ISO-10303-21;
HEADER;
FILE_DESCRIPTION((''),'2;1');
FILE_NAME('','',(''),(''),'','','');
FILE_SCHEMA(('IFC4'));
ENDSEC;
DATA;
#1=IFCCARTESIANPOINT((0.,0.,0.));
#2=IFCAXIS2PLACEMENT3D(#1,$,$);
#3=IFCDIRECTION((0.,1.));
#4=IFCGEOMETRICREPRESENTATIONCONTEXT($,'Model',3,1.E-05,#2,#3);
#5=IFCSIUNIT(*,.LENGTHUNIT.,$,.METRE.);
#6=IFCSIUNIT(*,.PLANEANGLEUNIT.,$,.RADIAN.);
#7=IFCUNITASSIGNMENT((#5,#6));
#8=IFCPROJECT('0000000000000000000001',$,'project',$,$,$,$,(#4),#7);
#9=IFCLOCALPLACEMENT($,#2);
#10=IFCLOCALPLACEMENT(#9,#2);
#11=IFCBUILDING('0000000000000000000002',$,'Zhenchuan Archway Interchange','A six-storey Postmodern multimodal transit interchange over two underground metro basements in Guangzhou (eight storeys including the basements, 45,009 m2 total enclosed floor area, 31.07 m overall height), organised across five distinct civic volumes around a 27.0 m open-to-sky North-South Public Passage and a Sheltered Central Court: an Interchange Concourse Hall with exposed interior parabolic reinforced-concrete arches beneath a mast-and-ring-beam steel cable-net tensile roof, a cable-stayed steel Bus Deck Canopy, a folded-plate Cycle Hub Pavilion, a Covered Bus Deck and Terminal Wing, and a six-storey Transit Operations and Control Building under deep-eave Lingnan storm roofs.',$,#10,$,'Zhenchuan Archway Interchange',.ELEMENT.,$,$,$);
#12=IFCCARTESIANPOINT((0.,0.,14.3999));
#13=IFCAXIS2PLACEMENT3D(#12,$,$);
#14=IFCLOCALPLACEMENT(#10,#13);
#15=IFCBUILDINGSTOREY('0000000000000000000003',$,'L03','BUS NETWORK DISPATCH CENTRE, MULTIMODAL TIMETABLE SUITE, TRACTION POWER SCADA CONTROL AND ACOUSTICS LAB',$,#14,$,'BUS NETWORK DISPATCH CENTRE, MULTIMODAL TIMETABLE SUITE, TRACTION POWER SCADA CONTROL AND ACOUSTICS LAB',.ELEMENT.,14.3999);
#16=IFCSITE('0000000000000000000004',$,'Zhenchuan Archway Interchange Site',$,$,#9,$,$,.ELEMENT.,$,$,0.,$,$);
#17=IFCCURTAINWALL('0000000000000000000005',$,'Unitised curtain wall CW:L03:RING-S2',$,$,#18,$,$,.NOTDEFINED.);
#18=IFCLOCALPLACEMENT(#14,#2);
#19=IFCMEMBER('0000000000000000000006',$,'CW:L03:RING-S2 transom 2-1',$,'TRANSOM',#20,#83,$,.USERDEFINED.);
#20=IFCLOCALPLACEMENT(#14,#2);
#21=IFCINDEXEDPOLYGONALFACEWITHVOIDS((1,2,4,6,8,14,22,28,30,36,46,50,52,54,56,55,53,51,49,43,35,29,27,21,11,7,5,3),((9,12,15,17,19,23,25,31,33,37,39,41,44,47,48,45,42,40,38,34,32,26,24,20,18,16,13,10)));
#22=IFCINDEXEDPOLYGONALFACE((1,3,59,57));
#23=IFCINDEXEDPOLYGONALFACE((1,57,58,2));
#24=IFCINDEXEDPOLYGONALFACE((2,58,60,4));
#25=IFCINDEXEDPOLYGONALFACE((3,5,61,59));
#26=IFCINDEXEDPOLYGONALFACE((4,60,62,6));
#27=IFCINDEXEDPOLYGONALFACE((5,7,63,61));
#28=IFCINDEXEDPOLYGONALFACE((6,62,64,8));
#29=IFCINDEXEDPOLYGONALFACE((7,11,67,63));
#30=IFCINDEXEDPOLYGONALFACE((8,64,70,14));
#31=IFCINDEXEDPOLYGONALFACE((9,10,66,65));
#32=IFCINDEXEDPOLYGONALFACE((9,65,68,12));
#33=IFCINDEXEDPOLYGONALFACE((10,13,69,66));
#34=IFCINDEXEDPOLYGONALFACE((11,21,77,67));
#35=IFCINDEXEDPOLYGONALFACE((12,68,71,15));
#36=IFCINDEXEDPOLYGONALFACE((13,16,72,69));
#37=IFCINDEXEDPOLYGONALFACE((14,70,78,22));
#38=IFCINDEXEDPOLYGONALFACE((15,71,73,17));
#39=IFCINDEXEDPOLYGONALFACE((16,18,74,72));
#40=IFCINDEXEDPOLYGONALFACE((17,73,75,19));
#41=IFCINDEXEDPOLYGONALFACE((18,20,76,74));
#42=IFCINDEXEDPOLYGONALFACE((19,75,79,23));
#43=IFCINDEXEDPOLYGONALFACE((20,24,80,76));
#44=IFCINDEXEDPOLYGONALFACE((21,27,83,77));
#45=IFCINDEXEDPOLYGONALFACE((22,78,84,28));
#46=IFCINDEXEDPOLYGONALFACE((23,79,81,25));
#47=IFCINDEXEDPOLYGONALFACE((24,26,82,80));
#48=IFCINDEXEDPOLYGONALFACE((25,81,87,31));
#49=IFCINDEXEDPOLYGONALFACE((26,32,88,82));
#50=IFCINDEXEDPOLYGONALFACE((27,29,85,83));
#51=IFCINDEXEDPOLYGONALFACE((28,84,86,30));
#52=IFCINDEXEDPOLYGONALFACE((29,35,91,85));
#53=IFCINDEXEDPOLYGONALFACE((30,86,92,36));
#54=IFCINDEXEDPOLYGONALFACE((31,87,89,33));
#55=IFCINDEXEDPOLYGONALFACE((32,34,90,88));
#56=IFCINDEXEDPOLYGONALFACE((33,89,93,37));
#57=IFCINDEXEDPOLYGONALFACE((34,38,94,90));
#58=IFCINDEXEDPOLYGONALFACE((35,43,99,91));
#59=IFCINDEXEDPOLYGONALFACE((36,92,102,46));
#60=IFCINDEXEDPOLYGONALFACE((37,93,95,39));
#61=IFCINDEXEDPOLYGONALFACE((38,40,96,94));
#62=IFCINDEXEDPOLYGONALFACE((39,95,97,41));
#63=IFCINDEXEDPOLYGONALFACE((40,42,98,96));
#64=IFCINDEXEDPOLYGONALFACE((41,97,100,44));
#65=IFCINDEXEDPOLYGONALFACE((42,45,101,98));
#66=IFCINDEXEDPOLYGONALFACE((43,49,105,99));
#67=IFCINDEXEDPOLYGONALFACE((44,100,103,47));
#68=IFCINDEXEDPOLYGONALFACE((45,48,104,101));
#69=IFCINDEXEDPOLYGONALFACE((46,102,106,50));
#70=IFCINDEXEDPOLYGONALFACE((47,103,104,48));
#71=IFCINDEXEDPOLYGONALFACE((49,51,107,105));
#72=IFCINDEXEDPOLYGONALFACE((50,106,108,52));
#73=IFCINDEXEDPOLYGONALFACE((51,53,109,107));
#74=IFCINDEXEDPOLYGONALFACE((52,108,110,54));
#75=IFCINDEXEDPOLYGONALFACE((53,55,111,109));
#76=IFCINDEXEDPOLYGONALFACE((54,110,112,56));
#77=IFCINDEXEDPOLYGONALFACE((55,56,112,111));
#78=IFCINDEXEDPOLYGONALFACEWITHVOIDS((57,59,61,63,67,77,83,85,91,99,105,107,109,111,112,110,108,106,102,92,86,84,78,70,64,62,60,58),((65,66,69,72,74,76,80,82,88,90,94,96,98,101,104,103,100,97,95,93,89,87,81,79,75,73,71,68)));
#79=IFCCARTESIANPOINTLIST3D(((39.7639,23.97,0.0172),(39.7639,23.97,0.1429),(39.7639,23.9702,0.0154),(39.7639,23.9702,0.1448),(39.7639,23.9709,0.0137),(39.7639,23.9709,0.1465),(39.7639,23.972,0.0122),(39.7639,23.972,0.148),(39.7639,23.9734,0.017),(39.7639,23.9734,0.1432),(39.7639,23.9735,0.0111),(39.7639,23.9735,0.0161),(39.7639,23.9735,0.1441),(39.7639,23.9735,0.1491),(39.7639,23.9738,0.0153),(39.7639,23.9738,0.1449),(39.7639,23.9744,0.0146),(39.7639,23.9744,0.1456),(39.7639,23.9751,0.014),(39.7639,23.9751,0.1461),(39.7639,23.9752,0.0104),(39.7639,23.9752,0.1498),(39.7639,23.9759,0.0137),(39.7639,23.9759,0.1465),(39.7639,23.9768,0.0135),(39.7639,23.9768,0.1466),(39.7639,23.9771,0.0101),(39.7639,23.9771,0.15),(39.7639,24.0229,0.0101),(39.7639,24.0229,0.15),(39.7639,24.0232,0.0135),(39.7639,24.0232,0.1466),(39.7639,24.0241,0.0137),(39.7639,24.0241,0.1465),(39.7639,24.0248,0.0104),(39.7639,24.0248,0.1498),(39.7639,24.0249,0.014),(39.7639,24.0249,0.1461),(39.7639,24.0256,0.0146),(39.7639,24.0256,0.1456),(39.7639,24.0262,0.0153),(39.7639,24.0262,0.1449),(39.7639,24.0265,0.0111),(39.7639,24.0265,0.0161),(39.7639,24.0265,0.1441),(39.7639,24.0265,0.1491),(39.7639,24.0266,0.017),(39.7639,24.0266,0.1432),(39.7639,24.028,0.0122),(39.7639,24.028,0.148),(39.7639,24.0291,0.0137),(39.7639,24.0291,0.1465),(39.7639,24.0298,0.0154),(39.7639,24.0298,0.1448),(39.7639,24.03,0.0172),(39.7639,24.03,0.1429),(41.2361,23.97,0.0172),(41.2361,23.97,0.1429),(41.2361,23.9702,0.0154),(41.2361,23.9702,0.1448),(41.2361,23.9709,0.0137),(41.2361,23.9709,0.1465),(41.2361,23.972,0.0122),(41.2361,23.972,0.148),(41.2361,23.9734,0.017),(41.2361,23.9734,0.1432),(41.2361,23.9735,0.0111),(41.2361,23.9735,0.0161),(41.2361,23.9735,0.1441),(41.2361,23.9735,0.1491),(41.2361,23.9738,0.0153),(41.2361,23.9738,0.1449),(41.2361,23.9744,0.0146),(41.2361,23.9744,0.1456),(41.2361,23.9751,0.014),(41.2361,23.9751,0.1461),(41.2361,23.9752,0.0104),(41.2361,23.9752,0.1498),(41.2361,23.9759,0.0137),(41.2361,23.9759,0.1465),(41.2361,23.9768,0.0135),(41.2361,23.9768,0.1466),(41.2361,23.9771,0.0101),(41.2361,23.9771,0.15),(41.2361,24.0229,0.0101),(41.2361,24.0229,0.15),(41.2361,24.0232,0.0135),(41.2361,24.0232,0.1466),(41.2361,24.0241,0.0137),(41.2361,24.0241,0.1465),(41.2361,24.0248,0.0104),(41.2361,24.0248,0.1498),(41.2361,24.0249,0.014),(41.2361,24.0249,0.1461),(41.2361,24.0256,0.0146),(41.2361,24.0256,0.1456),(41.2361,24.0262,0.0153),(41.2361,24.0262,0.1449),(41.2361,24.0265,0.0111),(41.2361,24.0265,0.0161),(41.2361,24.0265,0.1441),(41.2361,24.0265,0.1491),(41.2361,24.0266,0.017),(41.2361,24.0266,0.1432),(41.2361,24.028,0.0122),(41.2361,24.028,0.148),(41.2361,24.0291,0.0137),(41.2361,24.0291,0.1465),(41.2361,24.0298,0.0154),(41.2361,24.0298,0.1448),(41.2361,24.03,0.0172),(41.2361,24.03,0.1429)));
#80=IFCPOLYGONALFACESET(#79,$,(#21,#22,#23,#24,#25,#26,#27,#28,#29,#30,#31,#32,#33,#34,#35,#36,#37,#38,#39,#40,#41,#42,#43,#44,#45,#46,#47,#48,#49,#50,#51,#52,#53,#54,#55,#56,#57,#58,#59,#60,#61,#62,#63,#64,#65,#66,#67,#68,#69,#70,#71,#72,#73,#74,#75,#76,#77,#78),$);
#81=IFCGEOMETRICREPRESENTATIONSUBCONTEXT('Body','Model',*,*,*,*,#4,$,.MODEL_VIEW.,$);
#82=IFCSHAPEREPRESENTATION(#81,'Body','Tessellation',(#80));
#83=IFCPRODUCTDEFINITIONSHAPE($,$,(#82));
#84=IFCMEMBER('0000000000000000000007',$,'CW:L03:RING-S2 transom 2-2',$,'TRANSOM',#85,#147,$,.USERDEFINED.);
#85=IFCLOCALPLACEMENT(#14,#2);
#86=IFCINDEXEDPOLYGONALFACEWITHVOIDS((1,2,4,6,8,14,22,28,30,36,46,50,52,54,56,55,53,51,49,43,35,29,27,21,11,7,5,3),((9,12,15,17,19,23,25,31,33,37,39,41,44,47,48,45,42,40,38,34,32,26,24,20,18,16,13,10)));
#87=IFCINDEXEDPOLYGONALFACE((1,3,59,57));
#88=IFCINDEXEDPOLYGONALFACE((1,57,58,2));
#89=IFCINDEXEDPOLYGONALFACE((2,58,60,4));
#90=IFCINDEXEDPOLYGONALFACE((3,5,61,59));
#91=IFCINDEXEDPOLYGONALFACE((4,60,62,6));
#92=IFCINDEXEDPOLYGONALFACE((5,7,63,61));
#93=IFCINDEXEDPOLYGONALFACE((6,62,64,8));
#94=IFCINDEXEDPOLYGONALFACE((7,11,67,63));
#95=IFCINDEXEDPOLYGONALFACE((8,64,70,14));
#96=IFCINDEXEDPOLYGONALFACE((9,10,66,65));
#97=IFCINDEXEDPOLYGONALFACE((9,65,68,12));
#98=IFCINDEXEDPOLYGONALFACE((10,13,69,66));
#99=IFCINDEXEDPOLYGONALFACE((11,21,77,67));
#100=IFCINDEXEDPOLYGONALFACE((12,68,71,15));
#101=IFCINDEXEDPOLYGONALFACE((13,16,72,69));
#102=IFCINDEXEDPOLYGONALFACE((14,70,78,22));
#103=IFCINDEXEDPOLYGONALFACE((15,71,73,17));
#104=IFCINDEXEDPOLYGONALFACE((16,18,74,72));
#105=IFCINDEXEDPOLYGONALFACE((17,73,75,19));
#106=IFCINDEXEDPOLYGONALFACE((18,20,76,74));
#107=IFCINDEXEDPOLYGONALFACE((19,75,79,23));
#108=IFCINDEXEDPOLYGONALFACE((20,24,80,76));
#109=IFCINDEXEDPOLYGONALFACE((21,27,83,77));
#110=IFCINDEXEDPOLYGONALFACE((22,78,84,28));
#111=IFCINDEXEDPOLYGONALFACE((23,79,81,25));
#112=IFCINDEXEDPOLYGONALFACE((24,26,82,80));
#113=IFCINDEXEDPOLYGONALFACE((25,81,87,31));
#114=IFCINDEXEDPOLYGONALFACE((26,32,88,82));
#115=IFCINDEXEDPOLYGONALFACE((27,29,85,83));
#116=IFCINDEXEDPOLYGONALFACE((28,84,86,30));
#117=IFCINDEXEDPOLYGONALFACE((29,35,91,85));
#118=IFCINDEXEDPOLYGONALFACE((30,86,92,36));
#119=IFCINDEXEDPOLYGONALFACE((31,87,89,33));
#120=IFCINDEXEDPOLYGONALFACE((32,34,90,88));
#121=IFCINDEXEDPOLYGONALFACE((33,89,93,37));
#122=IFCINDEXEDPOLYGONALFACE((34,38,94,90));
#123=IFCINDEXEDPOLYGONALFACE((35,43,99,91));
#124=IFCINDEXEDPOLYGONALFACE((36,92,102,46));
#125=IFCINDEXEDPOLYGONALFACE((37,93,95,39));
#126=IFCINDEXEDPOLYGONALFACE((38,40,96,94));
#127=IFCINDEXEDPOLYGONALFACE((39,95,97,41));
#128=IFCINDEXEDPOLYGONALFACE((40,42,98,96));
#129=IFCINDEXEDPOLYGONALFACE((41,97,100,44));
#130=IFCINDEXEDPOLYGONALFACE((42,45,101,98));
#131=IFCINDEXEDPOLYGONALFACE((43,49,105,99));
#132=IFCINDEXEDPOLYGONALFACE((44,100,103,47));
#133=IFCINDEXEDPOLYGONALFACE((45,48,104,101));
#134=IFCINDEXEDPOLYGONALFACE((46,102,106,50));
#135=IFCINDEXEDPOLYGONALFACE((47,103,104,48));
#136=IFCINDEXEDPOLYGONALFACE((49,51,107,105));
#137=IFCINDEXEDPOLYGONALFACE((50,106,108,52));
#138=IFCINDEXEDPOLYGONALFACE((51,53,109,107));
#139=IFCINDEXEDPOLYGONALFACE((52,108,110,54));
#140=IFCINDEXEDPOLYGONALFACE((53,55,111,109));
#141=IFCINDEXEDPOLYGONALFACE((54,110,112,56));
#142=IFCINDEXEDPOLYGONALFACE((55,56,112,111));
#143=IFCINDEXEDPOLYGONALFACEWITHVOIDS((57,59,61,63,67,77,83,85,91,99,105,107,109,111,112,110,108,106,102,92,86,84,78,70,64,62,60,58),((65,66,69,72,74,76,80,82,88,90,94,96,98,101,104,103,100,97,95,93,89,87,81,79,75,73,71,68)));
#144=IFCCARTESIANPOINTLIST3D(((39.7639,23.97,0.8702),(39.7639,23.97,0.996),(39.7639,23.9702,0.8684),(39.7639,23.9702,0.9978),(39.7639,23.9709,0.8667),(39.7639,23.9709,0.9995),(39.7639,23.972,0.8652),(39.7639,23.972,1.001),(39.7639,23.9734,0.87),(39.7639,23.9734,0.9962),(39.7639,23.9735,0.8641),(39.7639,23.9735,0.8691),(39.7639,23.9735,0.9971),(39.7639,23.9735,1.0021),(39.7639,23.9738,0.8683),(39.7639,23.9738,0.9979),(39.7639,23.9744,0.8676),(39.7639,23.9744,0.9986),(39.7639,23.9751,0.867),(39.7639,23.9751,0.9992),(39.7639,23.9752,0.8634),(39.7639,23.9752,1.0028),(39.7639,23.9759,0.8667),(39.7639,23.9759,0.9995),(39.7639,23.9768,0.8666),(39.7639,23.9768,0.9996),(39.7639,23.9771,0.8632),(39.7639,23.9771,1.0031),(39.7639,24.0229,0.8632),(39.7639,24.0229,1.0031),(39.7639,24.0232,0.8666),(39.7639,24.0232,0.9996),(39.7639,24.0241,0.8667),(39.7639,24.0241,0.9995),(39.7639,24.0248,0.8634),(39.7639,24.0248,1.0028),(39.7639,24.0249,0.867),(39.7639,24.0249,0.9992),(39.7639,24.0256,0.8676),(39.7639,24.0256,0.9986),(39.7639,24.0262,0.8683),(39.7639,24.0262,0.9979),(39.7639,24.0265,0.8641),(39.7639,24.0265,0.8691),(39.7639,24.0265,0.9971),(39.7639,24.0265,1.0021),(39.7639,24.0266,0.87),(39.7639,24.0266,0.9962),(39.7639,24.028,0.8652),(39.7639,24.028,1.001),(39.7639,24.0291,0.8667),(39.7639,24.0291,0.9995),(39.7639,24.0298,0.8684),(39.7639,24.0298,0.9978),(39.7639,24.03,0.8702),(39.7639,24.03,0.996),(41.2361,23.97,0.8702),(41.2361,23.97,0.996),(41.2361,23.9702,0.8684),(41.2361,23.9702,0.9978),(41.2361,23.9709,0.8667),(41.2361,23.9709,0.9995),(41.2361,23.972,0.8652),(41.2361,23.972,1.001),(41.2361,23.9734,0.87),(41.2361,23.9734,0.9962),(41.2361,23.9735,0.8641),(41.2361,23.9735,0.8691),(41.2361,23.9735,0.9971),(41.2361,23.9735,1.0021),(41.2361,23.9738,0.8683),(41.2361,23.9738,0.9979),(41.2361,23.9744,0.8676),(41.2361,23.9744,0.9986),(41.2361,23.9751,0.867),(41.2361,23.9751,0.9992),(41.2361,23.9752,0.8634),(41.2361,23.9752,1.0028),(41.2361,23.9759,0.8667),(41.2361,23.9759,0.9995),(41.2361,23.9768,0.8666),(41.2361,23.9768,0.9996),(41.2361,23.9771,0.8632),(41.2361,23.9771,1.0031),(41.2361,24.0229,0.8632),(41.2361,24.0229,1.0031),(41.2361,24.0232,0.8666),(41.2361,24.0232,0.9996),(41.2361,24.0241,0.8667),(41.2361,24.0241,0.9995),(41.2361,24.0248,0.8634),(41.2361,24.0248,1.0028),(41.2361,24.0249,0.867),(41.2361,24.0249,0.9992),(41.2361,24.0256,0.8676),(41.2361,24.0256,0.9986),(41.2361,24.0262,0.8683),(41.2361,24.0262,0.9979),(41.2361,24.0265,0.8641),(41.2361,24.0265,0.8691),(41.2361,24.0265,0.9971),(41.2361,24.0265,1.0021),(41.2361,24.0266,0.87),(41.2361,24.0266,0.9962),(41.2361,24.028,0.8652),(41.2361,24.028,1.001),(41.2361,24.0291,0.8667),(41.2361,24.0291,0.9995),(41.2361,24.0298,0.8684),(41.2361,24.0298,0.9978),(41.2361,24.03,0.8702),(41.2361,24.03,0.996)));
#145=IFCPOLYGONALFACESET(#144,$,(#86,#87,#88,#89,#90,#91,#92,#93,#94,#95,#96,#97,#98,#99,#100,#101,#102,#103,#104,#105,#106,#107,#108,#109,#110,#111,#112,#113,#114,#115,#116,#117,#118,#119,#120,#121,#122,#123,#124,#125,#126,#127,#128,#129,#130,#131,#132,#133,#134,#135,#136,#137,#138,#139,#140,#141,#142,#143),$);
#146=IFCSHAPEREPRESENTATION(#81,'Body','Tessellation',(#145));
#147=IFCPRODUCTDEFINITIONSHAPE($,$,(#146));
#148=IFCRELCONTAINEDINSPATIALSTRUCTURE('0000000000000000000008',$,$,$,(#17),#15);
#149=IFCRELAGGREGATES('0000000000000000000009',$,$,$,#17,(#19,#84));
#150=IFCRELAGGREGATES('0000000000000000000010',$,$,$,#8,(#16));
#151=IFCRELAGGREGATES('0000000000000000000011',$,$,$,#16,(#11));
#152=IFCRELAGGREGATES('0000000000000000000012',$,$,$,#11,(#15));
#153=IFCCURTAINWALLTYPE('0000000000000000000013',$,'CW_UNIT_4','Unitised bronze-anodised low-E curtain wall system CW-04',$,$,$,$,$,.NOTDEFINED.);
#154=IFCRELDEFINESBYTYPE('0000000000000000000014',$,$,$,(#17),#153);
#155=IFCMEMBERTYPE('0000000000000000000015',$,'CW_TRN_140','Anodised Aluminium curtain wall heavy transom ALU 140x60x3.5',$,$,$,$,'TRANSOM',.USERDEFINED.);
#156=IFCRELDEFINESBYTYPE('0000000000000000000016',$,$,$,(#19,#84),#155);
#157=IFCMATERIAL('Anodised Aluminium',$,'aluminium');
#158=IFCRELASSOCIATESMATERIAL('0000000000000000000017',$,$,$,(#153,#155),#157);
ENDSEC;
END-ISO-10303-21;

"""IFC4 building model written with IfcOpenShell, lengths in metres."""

from ifc_helpers import new_model, si_unit, direction, frame, origin, origin_2d, place, context, subcontext, project, spatial, hollow_rectangle, extrude, material, material_profile, profile_set, type_object, element, aggregate, save


model = new_model("IFC4")

# Units and contexts
model_context = context("Model", 3, precision=1e-05, world=origin(), true_north=direction((0.0, 1.0)))
body_context = subcontext(model_context, "Body", "Model", "MODEL_VIEW")
ifc_project = project(units=[si_unit("LENGTHUNIT", "METRE"), si_unit("PLANEANGLEUNIT", "RADIAN")], contexts=[model_context])

# Site, building, storey
site_placement = place(None, origin())
site = spatial("IfcSite", under=ifc_project, at=site_placement, Name="Zhenchuan Archway Interchange Site", CompositionType="ELEMENT", RefElevation=0.0)
building_placement = place(site_placement, origin())
building = spatial("IfcBuilding", under=site, at=building_placement, Name="Zhenchuan Archway Interchange", Description="A six-storey Postmodern multimodal transit interchange over two underground metro basements in Guangzhou (eight storeys including the basements, 45,009 m2 total enclosed floor area, 31.07 m overall height), organised across five distinct civic volumes around a 27.0 m open-to-sky North-South Public Passage and a Sheltered Central Court: an Interchange Concourse Hall with exposed interior parabolic reinforced-concrete arches beneath a mast-and-ring-beam steel cable-net tensile roof, a cable-stayed steel Bus Deck Canopy, a folded-plate Cycle Hub Pavilion, a Covered Bus Deck and Terminal Wing, and a six-storey Transit Operations and Control Building under deep-eave Lingnan storm roofs.", LongName="Zhenchuan Archway Interchange", CompositionType="ELEMENT")
storey_placement = place(building_placement, frame((0.0, 0.0, 14.3999)))
storey = spatial("IfcBuildingStorey", under=building, at=storey_placement, Name="L03", Description="BUS NETWORK DISPATCH CENTRE, MULTIMODAL TIMETABLE SUITE, TRACTION POWER SCADA CONTROL AND ACOUSTICS LAB", LongName="BUS NETWORK DISPATCH CENTRE, MULTIMODAL TIMETABLE SUITE, TRACTION POWER SCADA CONTROL AND ACOUSTICS LAB", CompositionType="ELEMENT", Elevation=14.3999)

# Curtain wall
ifc_material_1 = material(Name="Anodised Aluminium", Category="aluminium")
curtain_wall_type = type_object("IfcCurtainWallType", Name="CW_UNIT_4", Description="Unitised bronze-anodised low-E curtain wall system CW-04", PredefinedType="NOTDEFINED", material=ifc_material_1)
curtain_wall_1_placement = place(storey_placement, origin())
curtain_wall_1 = element("IfcCurtainWall", 1, at=curtain_wall_1_placement, inside=storey, type_object=curtain_wall_type, Name="Unitised curtain wall CW:L03:RING-S2", PredefinedType="NOTDEFINED")

# Members
ifc_material_profile_1 = material_profile(ifc_material_1, hollow_rectangle(XDim=0.0601, YDim=0.1399, WallThickness=0.0034, InnerFilletRadius=0.0034, OuterFilletRadius=0.0071, at=origin_2d()), Name="ALU 140x60x3.5")
ifc_profile_set_1 = profile_set([ifc_material_profile_1], Name="Anodised Aluminium")
member_type_1 = type_object("IfcMemberType", Name="CW_TRN_140", Description="Anodised Aluminium curtain wall heavy transom ALU 140x60x3.5", ElementType="TRANSOM", PredefinedType="USERDEFINED", material=ifc_profile_set_1)
member_1_placement = place(storey_placement, frame((39.7639, 24.0, 0.0801), z_axis=(1.0, 0.0, 0.0), x_axis=(0.0, 1.0, 0.0)))
member_1 = element("IfcMember", 2, at=member_1_placement, type_object=member_type_1, Name="CW:L03:RING-S2 transom 2-1", ObjectType="TRANSOM", PredefinedType="USERDEFINED", context=body_context, shape_type="SweptSolid", body=[
    extrude(hollow_rectangle(XDim=0.0601, YDim=0.1399, WallThickness=0.0034, InnerFilletRadius=0.0034, OuterFilletRadius=0.0071, at=origin_2d()), origin(), (0.0, 0.0, 1.0), 1.4722),
])
member_2_placement = place(storey_placement, frame((39.7639, 24.0, 0.9331), z_axis=(1.0, 0.0, 0.0), x_axis=(0.0, 1.0, 0.0)))
member_2 = element("IfcMember", 3, at=member_2_placement, type_object=member_type_1, Name="CW:L03:RING-S2 transom 2-2", ObjectType="TRANSOM", PredefinedType="USERDEFINED", context=body_context, shape_type="SweptSolid", body=[
    extrude(hollow_rectangle(XDim=0.0601, YDim=0.1399, WallThickness=0.0034, InnerFilletRadius=0.0034, OuterFilletRadius=0.0071, at=origin_2d()), origin(), (0.0, 0.0, 1.0), 1.4722),
])

aggregate(curtain_wall_1, [member_1, member_2])

save(model, "model.ifc")
